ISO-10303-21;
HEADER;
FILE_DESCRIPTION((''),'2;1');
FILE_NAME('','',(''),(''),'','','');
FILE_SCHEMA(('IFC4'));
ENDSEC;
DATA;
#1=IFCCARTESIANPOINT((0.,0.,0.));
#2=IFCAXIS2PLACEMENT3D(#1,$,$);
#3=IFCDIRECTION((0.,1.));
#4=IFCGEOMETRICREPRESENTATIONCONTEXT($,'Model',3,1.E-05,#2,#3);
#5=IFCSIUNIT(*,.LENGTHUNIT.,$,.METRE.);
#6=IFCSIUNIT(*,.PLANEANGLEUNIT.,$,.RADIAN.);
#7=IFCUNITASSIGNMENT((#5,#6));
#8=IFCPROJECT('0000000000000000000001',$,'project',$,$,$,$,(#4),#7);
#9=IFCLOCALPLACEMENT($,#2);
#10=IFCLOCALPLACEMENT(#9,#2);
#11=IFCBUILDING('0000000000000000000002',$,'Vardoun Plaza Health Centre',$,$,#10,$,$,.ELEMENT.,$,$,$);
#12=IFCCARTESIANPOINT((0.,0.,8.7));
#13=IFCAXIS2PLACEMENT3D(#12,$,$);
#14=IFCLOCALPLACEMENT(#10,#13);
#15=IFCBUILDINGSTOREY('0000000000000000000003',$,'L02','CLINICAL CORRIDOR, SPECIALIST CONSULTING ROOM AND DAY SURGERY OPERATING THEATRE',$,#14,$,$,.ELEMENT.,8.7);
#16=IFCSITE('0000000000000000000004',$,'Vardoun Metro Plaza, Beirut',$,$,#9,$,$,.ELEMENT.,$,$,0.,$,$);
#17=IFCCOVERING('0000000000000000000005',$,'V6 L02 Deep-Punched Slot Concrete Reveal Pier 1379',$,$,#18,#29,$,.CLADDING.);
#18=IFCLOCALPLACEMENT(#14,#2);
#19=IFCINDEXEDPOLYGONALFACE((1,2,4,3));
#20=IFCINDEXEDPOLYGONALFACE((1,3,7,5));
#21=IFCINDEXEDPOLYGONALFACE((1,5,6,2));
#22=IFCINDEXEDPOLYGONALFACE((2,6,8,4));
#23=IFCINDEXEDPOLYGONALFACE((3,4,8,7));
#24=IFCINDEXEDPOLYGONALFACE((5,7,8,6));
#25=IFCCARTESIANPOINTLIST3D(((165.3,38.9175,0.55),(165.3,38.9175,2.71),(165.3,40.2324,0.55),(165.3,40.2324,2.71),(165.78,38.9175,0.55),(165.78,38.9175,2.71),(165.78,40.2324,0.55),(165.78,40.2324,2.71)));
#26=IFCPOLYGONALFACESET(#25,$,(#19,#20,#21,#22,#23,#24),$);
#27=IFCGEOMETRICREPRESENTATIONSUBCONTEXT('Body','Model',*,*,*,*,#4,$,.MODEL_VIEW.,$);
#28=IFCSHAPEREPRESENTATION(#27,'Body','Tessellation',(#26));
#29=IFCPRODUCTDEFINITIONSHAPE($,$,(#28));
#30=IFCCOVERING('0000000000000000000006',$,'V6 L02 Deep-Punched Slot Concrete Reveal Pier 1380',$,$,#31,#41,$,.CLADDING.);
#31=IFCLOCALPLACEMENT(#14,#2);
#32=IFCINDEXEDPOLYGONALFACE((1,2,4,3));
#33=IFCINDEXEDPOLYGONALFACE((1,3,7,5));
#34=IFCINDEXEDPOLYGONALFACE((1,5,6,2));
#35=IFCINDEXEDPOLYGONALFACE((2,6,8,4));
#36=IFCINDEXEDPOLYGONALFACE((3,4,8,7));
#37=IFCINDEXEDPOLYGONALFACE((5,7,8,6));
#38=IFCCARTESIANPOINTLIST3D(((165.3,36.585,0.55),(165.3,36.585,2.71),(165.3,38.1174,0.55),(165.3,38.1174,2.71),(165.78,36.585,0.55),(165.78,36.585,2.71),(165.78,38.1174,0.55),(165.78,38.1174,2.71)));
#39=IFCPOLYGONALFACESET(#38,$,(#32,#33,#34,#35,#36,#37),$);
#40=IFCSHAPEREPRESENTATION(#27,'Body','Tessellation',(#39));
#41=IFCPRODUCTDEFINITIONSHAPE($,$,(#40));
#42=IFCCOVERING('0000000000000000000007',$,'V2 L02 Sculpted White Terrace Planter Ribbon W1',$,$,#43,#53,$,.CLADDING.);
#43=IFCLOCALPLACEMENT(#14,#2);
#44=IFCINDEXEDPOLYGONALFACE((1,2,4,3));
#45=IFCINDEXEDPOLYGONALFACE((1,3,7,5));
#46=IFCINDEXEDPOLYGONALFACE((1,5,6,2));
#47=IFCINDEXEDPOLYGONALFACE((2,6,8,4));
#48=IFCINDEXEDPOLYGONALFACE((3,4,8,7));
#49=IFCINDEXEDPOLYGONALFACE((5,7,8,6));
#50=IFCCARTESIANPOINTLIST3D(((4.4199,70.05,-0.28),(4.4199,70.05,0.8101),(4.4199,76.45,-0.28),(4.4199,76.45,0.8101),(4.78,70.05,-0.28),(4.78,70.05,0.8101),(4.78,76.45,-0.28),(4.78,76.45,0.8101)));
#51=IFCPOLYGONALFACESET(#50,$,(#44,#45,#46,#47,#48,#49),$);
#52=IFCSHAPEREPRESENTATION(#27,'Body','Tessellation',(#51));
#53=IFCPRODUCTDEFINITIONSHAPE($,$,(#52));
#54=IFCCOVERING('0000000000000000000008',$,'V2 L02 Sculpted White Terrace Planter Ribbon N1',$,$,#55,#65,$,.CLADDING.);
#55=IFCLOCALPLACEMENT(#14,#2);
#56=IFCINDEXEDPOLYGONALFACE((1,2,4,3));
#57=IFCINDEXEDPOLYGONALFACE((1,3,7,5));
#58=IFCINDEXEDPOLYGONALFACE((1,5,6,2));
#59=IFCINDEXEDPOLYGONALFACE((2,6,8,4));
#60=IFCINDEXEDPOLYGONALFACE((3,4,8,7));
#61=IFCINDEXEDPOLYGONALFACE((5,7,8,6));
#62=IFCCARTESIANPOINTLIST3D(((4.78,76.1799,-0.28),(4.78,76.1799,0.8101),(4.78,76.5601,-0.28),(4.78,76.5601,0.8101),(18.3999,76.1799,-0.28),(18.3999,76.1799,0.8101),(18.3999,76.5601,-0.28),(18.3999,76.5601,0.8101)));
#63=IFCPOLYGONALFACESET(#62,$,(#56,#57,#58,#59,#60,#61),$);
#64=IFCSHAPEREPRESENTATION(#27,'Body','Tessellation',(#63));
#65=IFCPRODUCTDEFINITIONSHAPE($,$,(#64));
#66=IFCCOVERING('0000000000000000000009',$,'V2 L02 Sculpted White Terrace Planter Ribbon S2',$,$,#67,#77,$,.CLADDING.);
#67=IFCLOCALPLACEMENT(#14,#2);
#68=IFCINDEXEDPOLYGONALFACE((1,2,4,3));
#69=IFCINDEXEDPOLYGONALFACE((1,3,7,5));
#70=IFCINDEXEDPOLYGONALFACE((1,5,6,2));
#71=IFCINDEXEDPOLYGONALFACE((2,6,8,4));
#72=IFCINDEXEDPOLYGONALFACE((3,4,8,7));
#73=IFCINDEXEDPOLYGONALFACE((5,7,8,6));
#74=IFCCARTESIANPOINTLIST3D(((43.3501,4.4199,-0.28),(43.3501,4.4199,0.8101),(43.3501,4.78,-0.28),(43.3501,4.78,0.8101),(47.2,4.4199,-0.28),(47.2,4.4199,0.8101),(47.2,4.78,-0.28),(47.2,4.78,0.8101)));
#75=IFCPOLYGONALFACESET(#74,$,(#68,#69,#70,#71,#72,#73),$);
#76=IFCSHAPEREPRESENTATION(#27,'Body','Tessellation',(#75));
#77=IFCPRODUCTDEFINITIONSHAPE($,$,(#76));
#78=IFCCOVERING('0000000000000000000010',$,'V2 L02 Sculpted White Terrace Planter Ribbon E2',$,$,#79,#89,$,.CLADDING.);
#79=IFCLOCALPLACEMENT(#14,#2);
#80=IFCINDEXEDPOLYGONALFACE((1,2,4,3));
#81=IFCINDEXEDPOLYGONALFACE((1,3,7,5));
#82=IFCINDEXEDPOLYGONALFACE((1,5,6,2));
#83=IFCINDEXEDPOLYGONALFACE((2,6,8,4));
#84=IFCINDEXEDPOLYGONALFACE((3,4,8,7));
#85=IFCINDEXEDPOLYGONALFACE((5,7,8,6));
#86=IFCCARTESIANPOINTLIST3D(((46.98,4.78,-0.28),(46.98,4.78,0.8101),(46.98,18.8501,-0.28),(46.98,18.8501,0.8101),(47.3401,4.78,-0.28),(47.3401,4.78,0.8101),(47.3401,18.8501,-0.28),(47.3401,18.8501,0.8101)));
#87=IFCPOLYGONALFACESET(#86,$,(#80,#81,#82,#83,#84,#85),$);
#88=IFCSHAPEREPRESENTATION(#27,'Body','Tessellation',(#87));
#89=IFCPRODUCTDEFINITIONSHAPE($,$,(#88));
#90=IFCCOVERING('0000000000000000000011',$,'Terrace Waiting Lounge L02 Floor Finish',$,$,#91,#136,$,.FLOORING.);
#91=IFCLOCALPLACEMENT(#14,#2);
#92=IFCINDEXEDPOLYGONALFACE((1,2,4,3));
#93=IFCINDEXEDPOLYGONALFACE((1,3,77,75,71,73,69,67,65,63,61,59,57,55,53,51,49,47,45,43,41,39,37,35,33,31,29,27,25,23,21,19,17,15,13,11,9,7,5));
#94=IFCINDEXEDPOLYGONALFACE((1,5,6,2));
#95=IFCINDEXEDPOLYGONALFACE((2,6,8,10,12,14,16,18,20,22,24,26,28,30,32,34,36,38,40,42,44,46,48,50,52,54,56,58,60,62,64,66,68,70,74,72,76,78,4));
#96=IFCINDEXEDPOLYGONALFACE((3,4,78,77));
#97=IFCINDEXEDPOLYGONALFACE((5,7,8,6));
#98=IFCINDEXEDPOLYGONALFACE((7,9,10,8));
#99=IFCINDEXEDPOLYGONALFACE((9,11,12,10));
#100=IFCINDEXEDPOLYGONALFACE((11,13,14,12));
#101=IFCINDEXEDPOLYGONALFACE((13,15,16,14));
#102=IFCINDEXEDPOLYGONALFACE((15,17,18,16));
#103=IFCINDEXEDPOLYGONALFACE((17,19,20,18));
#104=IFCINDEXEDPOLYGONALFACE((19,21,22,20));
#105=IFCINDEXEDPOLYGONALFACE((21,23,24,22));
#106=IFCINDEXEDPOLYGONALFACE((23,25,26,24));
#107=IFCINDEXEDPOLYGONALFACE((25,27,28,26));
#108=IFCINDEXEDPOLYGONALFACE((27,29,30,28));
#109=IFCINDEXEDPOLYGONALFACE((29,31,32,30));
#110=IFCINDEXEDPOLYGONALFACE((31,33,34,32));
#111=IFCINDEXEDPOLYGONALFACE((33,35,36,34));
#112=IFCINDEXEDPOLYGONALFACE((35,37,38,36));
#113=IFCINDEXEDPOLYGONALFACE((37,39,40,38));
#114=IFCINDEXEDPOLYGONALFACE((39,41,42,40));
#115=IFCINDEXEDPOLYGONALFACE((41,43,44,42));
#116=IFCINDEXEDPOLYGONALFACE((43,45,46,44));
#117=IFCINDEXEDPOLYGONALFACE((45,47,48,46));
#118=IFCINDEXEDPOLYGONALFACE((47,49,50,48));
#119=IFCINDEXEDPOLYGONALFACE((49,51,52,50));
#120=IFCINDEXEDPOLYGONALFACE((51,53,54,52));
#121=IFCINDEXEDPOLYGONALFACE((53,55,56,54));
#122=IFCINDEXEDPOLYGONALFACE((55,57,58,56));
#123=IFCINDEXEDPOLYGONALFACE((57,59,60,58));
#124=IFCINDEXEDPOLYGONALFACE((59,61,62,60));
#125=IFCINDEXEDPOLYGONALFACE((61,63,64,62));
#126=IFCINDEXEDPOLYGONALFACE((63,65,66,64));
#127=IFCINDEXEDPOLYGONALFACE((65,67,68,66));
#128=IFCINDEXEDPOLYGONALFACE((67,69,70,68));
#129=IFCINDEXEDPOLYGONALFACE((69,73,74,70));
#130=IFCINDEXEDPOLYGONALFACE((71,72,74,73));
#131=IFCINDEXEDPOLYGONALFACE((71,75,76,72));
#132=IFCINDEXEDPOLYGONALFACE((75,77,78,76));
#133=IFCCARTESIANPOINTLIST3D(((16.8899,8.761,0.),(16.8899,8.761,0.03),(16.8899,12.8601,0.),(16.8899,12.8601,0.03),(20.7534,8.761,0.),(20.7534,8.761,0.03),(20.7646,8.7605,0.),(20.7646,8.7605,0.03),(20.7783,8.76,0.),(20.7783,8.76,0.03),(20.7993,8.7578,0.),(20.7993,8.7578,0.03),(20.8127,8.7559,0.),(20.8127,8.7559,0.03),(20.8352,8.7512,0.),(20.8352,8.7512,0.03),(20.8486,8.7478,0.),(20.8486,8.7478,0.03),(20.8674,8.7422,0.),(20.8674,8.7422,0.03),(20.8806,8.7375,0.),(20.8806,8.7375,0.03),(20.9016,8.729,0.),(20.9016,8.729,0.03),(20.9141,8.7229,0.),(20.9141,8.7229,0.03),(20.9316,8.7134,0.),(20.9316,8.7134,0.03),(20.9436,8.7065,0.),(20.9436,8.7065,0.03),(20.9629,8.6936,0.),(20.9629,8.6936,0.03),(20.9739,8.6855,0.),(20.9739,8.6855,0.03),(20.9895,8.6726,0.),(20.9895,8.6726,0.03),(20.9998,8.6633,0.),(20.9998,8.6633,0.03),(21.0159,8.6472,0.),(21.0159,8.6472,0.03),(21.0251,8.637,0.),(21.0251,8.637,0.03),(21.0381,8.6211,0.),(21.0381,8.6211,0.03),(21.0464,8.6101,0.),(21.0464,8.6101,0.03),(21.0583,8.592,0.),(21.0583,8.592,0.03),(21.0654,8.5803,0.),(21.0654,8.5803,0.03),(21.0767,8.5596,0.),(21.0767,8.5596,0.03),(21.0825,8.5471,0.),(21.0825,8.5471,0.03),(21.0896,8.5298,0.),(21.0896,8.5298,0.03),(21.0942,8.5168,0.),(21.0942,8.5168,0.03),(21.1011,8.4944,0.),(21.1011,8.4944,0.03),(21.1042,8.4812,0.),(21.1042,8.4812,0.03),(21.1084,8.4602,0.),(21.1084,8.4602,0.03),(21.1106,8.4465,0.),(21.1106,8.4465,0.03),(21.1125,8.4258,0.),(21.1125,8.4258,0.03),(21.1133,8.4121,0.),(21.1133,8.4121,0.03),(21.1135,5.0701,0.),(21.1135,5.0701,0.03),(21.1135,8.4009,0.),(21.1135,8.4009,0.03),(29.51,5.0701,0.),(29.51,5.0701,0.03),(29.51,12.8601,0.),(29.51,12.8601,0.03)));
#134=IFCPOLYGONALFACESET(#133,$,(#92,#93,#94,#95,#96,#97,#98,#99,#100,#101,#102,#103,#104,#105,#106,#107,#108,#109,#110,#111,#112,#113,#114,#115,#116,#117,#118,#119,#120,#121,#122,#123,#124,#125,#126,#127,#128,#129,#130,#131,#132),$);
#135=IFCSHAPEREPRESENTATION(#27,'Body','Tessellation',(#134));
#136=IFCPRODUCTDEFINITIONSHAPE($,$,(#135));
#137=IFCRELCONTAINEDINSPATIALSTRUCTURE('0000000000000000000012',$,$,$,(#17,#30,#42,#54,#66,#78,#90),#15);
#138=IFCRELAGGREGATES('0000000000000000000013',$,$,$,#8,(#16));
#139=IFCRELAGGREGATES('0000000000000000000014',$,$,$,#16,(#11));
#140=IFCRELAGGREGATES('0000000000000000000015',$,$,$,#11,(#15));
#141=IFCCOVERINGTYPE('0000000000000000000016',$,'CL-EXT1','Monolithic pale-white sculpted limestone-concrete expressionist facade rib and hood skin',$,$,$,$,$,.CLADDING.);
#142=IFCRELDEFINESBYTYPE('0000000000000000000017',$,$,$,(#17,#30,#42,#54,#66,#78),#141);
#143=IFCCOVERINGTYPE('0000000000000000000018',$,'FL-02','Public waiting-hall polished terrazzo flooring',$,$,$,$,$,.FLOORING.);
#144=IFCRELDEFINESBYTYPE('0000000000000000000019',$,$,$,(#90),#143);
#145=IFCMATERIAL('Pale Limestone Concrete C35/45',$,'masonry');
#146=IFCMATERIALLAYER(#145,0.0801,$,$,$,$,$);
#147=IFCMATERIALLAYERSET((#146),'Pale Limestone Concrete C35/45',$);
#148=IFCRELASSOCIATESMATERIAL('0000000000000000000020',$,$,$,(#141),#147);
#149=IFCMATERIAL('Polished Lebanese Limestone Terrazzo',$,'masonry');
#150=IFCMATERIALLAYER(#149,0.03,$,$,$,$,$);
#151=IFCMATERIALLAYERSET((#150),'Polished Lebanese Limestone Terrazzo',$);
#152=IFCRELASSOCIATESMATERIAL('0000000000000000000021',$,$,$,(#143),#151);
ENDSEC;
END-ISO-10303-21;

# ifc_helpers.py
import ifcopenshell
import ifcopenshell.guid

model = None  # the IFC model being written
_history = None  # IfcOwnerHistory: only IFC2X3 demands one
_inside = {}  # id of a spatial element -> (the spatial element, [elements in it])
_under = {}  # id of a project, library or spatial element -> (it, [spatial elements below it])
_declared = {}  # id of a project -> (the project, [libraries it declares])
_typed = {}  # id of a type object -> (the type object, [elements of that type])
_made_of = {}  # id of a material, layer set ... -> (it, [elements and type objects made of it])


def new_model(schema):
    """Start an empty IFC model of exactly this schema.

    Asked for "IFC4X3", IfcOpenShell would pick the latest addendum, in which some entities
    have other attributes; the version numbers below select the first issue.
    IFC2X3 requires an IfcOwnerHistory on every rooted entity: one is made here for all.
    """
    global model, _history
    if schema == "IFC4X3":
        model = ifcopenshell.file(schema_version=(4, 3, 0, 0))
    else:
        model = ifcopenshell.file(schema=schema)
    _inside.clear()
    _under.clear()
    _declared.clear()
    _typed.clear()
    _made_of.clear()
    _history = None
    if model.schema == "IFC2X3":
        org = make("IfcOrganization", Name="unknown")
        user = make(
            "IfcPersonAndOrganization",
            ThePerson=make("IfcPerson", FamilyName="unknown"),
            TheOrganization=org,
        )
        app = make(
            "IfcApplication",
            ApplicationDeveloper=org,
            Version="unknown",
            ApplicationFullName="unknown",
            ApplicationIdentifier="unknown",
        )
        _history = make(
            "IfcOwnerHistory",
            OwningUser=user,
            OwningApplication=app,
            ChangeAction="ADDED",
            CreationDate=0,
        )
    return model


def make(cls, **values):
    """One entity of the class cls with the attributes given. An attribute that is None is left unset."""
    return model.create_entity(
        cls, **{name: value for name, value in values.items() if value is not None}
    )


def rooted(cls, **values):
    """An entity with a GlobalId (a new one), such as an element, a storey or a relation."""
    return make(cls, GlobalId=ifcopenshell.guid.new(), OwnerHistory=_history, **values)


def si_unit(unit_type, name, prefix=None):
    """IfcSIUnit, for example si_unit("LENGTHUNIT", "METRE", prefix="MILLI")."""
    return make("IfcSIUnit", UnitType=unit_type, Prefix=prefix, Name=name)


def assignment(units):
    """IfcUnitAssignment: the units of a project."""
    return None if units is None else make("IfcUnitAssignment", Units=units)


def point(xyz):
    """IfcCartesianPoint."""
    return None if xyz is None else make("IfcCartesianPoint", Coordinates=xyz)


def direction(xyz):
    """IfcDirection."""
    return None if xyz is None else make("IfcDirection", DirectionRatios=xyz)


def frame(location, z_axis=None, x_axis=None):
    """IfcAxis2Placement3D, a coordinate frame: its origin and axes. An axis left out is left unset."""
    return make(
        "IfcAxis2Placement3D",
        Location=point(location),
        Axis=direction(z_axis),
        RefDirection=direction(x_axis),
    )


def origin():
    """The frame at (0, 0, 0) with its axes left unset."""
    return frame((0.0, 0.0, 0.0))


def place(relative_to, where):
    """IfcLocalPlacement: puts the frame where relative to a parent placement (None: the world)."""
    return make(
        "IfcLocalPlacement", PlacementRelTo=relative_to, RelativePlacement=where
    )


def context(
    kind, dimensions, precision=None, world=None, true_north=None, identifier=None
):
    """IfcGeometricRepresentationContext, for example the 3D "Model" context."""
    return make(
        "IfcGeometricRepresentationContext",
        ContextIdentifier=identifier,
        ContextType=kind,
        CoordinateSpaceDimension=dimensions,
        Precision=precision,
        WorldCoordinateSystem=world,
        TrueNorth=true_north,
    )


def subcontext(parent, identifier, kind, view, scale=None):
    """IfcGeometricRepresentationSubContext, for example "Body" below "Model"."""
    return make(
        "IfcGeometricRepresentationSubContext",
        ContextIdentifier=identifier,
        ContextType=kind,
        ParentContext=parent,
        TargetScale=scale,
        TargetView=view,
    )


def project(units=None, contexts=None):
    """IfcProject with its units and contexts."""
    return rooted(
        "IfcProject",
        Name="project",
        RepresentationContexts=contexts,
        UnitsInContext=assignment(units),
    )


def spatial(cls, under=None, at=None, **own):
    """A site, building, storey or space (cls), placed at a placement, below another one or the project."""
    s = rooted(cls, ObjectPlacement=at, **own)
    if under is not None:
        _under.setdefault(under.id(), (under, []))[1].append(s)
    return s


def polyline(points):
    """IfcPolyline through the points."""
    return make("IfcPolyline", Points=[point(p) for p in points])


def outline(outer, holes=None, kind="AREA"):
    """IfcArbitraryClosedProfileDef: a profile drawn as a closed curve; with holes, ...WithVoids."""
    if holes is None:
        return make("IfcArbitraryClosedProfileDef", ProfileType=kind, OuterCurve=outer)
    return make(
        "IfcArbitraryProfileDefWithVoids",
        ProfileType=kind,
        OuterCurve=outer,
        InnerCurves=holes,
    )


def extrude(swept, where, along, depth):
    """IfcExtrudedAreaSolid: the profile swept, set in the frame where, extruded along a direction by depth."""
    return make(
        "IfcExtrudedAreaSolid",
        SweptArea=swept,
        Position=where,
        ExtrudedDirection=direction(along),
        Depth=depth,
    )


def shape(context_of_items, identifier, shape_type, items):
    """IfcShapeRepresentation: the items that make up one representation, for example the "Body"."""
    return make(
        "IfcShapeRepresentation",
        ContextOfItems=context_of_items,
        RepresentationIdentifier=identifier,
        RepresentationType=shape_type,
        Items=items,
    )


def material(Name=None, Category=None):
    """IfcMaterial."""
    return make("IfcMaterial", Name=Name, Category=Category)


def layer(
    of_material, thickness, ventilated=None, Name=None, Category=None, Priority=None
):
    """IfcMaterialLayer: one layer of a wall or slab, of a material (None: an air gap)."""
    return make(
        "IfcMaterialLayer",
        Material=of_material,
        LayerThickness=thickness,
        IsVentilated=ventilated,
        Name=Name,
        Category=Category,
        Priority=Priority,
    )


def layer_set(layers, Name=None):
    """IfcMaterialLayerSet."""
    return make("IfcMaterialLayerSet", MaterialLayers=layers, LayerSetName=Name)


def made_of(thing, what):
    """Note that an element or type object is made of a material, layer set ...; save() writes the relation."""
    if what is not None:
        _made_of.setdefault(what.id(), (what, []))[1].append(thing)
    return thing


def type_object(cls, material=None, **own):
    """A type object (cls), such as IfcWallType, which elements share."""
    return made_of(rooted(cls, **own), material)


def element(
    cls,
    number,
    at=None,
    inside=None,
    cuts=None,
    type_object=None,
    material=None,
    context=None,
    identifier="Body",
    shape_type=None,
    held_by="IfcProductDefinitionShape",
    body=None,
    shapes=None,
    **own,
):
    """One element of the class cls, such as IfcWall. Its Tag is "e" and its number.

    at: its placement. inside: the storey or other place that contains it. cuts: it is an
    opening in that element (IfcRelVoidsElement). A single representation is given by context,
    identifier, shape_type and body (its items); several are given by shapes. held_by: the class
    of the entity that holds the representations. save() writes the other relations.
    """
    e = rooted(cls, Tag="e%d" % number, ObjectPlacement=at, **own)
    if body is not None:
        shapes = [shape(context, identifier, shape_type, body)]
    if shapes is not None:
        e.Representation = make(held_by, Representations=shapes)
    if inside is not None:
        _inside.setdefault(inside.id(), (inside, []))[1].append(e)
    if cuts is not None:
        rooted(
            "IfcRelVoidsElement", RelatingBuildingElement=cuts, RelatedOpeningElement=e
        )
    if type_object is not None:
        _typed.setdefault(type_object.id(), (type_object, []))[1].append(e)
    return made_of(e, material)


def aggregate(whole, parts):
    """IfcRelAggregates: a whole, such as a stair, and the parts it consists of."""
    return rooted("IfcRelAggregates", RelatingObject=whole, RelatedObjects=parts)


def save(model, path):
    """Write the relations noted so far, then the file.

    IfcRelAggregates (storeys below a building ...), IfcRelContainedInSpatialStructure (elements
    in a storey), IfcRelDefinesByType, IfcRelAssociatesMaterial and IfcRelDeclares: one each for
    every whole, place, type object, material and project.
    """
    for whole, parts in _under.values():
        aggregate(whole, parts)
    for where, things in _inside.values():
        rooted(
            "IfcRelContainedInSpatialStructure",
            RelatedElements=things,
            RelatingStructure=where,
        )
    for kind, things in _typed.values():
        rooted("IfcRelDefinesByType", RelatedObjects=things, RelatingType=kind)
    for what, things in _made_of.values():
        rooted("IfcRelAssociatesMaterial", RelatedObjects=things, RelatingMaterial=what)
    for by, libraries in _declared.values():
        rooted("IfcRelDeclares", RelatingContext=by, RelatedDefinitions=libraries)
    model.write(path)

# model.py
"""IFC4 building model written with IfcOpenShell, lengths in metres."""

from ifc_helpers import new_model, si_unit, direction, frame, origin, place, context, subcontext, project, spatial, polyline, outline, extrude, material, layer, layer_set, type_object, element, save


model = new_model("IFC4")

# Units and contexts
model_context = context("Model", 3, precision=1e-05, world=origin(), true_north=direction((0.0, 1.0)))
body_context = subcontext(model_context, "Body", "Model", "MODEL_VIEW")
ifc_project = project(units=[si_unit("LENGTHUNIT", "METRE"), si_unit("PLANEANGLEUNIT", "RADIAN")], contexts=[model_context])

# Site, building, storey
site_placement = place(None, origin())
site = spatial("IfcSite", under=ifc_project, at=site_placement, Name="Vardoun Metro Plaza, Beirut", CompositionType="ELEMENT", RefElevation=0.0)
building_placement = place(site_placement, origin())
building = spatial("IfcBuilding", under=site, at=building_placement, Name="Vardoun Plaza Health Centre", CompositionType="ELEMENT")
storey_placement = place(building_placement, frame((0.0, 0.0, 8.7)))
storey = spatial("IfcBuildingStorey", under=building, at=storey_placement, Name="L02", Description="CLINICAL CORRIDOR, SPECIALIST CONSULTING ROOM AND DAY SURGERY OPERATING THEATRE", CompositionType="ELEMENT", Elevation=8.7)

# Coverings
ifc_material_1 = material(Name="Pale Limestone Concrete C35/45", Category="masonry")
ifc_layer_1 = layer(ifc_material_1, 0.0801)
ifc_layer_set_1 = layer_set([ifc_layer_1], Name="Pale Limestone Concrete C35/45")
covering_type_1 = type_object("IfcCoveringType", Name="CL-EXT1", Description="Monolithic pale-white sculpted limestone-concrete expressionist facade rib and hood skin", PredefinedType="CLADDING", material=ifc_layer_set_1)
covering_1_placement = place(storey_placement, frame((0.0, 0.0, 0.55)))
element("IfcCovering", 1, at=covering_1_placement, inside=storey, type_object=covering_type_1, Name="V6 L02 Deep-Punched Slot Concrete Reveal Pier 1379", PredefinedType="CLADDING", context=body_context, shape_type="SweptSolid", body=[
    extrude(outline(polyline([(165.3, 40.2324), (165.3, 38.9175), (165.78, 38.9175), (165.78, 40.2324), (165.3, 40.2324)])), origin(), (0.0, 0.0, 1.0), 2.1599),
])
covering_2_placement = place(storey_placement, frame((0.0, 0.0, 0.55)))
element("IfcCovering", 2, at=covering_2_placement, inside=storey, type_object=covering_type_1, Name="V6 L02 Deep-Punched Slot Concrete Reveal Pier 1380", PredefinedType="CLADDING", context=body_context, shape_type="SweptSolid", body=[
    extrude(outline(polyline([(165.3, 38.1174), (165.3, 36.585), (165.78, 36.585), (165.78, 38.1174), (165.3, 38.1174)])), origin(), (0.0, 0.0, 1.0), 2.1599),
])
covering_3_placement = place(storey_placement, frame((0.0, 0.0, -0.28)))
element("IfcCovering", 3, at=covering_3_placement, inside=storey, type_object=covering_type_1, Name="V2 L02 Sculpted White Terrace Planter Ribbon W1", PredefinedType="CLADDING", context=body_context, shape_type="SweptSolid", body=[
    extrude(outline(polyline([(4.4199, 70.05), (4.78, 70.05), (4.78, 76.45), (4.4199, 76.45), (4.4199, 70.05)])), origin(), (0.0, 0.0, 1.0), 1.0901),
])
covering_4_placement = place(storey_placement, frame((0.0, 0.0, -0.28)))
element("IfcCovering", 4, at=covering_4_placement, inside=storey, type_object=covering_type_1, Name="V2 L02 Sculpted White Terrace Planter Ribbon N1", PredefinedType="CLADDING", context=body_context, shape_type="SweptSolid", body=[
    extrude(outline(polyline([(4.78, 76.1799), (18.3999, 76.1799), (18.3999, 76.5601), (4.78, 76.5601), (4.78, 76.1799)])), origin(), (0.0, 0.0, 1.0), 1.0901),
])
covering_5_placement = place(storey_placement, frame((0.0, 0.0, -0.28)))
element("IfcCovering", 5, at=covering_5_placement, inside=storey, type_object=covering_type_1, Name="V2 L02 Sculpted White Terrace Planter Ribbon S2", PredefinedType="CLADDING", context=body_context, shape_type="SweptSolid", body=[
    extrude(outline(polyline([(43.3501, 4.4199), (47.2, 4.4199), (47.2, 4.78), (43.3501, 4.78), (43.3501, 4.4199)])), origin(), (0.0, 0.0, 1.0), 1.0901),
])
covering_6_placement = place(storey_placement, frame((0.0, 0.0, -0.28)))
element("IfcCovering", 6, at=covering_6_placement, inside=storey, type_object=covering_type_1, Name="V2 L02 Sculpted White Terrace Planter Ribbon E2", PredefinedType="CLADDING", context=body_context, shape_type="SweptSolid", body=[
    extrude(outline(polyline([(46.98, 4.78), (47.3401, 4.78), (47.3401, 18.8501), (46.98, 18.8501), (46.98, 4.78)])), origin(), (0.0, 0.0, 1.0), 1.0901),
])
ifc_material_2 = material(Name="Polished Lebanese Limestone Terrazzo", Category="masonry")
ifc_layer_2 = layer(ifc_material_2, 0.03)
ifc_layer_set_2 = layer_set([ifc_layer_2], Name="Polished Lebanese Limestone Terrazzo")
covering_type_2 = type_object("IfcCoveringType", Name="FL-02", Description="Public waiting-hall polished terrazzo flooring", PredefinedType="FLOORING", material=ifc_layer_set_2)
covering_7_placement = place(storey_placement, origin())
element("IfcCovering", 7, at=covering_7_placement, inside=storey, type_object=covering_type_2, Name="Terrace Waiting Lounge L02 Floor Finish", PredefinedType="FLOORING", context=body_context, shape_type="SweptSolid", body=[
    extrude(outline(polyline([(16.8899, 12.8601), (29.51, 12.8601), (29.51, 5.0701), (21.1135, 5.0701), (21.1135, 8.4009), (21.1133, 8.4121), (21.1125, 8.4258), (21.1106, 8.4465), (21.1084, 8.4602), (21.1042, 8.4812), (21.1011, 8.4944), (21.0942, 8.5168), (21.0896, 8.5298), (21.0825, 8.5471), (21.0767, 8.5596), (21.0654, 8.5803), (21.0583, 8.592), (21.0464, 8.6101), (21.0381, 8.6211), (21.0251, 8.637), (21.0159, 8.6472), (20.9998, 8.6633), (20.9895, 8.6726), (20.9739, 8.6855), (20.9629, 8.6936), (20.9436, 8.7065), (20.9316, 8.7134), (20.9141, 8.7229), (20.9016, 8.729), (20.8806, 8.7375), (20.8674, 8.7422), (20.8486, 8.7478), (20.8352, 8.7512), (20.8127, 8.7559), (20.7993, 8.7578), (20.7783, 8.76), (20.7646, 8.7605), (20.7534, 8.761), (16.8899, 8.761), (16.8899, 12.8601)])), origin(), (0.0, 0.0, 1.0), 0.03),
])

save(model, "model.ifc")
